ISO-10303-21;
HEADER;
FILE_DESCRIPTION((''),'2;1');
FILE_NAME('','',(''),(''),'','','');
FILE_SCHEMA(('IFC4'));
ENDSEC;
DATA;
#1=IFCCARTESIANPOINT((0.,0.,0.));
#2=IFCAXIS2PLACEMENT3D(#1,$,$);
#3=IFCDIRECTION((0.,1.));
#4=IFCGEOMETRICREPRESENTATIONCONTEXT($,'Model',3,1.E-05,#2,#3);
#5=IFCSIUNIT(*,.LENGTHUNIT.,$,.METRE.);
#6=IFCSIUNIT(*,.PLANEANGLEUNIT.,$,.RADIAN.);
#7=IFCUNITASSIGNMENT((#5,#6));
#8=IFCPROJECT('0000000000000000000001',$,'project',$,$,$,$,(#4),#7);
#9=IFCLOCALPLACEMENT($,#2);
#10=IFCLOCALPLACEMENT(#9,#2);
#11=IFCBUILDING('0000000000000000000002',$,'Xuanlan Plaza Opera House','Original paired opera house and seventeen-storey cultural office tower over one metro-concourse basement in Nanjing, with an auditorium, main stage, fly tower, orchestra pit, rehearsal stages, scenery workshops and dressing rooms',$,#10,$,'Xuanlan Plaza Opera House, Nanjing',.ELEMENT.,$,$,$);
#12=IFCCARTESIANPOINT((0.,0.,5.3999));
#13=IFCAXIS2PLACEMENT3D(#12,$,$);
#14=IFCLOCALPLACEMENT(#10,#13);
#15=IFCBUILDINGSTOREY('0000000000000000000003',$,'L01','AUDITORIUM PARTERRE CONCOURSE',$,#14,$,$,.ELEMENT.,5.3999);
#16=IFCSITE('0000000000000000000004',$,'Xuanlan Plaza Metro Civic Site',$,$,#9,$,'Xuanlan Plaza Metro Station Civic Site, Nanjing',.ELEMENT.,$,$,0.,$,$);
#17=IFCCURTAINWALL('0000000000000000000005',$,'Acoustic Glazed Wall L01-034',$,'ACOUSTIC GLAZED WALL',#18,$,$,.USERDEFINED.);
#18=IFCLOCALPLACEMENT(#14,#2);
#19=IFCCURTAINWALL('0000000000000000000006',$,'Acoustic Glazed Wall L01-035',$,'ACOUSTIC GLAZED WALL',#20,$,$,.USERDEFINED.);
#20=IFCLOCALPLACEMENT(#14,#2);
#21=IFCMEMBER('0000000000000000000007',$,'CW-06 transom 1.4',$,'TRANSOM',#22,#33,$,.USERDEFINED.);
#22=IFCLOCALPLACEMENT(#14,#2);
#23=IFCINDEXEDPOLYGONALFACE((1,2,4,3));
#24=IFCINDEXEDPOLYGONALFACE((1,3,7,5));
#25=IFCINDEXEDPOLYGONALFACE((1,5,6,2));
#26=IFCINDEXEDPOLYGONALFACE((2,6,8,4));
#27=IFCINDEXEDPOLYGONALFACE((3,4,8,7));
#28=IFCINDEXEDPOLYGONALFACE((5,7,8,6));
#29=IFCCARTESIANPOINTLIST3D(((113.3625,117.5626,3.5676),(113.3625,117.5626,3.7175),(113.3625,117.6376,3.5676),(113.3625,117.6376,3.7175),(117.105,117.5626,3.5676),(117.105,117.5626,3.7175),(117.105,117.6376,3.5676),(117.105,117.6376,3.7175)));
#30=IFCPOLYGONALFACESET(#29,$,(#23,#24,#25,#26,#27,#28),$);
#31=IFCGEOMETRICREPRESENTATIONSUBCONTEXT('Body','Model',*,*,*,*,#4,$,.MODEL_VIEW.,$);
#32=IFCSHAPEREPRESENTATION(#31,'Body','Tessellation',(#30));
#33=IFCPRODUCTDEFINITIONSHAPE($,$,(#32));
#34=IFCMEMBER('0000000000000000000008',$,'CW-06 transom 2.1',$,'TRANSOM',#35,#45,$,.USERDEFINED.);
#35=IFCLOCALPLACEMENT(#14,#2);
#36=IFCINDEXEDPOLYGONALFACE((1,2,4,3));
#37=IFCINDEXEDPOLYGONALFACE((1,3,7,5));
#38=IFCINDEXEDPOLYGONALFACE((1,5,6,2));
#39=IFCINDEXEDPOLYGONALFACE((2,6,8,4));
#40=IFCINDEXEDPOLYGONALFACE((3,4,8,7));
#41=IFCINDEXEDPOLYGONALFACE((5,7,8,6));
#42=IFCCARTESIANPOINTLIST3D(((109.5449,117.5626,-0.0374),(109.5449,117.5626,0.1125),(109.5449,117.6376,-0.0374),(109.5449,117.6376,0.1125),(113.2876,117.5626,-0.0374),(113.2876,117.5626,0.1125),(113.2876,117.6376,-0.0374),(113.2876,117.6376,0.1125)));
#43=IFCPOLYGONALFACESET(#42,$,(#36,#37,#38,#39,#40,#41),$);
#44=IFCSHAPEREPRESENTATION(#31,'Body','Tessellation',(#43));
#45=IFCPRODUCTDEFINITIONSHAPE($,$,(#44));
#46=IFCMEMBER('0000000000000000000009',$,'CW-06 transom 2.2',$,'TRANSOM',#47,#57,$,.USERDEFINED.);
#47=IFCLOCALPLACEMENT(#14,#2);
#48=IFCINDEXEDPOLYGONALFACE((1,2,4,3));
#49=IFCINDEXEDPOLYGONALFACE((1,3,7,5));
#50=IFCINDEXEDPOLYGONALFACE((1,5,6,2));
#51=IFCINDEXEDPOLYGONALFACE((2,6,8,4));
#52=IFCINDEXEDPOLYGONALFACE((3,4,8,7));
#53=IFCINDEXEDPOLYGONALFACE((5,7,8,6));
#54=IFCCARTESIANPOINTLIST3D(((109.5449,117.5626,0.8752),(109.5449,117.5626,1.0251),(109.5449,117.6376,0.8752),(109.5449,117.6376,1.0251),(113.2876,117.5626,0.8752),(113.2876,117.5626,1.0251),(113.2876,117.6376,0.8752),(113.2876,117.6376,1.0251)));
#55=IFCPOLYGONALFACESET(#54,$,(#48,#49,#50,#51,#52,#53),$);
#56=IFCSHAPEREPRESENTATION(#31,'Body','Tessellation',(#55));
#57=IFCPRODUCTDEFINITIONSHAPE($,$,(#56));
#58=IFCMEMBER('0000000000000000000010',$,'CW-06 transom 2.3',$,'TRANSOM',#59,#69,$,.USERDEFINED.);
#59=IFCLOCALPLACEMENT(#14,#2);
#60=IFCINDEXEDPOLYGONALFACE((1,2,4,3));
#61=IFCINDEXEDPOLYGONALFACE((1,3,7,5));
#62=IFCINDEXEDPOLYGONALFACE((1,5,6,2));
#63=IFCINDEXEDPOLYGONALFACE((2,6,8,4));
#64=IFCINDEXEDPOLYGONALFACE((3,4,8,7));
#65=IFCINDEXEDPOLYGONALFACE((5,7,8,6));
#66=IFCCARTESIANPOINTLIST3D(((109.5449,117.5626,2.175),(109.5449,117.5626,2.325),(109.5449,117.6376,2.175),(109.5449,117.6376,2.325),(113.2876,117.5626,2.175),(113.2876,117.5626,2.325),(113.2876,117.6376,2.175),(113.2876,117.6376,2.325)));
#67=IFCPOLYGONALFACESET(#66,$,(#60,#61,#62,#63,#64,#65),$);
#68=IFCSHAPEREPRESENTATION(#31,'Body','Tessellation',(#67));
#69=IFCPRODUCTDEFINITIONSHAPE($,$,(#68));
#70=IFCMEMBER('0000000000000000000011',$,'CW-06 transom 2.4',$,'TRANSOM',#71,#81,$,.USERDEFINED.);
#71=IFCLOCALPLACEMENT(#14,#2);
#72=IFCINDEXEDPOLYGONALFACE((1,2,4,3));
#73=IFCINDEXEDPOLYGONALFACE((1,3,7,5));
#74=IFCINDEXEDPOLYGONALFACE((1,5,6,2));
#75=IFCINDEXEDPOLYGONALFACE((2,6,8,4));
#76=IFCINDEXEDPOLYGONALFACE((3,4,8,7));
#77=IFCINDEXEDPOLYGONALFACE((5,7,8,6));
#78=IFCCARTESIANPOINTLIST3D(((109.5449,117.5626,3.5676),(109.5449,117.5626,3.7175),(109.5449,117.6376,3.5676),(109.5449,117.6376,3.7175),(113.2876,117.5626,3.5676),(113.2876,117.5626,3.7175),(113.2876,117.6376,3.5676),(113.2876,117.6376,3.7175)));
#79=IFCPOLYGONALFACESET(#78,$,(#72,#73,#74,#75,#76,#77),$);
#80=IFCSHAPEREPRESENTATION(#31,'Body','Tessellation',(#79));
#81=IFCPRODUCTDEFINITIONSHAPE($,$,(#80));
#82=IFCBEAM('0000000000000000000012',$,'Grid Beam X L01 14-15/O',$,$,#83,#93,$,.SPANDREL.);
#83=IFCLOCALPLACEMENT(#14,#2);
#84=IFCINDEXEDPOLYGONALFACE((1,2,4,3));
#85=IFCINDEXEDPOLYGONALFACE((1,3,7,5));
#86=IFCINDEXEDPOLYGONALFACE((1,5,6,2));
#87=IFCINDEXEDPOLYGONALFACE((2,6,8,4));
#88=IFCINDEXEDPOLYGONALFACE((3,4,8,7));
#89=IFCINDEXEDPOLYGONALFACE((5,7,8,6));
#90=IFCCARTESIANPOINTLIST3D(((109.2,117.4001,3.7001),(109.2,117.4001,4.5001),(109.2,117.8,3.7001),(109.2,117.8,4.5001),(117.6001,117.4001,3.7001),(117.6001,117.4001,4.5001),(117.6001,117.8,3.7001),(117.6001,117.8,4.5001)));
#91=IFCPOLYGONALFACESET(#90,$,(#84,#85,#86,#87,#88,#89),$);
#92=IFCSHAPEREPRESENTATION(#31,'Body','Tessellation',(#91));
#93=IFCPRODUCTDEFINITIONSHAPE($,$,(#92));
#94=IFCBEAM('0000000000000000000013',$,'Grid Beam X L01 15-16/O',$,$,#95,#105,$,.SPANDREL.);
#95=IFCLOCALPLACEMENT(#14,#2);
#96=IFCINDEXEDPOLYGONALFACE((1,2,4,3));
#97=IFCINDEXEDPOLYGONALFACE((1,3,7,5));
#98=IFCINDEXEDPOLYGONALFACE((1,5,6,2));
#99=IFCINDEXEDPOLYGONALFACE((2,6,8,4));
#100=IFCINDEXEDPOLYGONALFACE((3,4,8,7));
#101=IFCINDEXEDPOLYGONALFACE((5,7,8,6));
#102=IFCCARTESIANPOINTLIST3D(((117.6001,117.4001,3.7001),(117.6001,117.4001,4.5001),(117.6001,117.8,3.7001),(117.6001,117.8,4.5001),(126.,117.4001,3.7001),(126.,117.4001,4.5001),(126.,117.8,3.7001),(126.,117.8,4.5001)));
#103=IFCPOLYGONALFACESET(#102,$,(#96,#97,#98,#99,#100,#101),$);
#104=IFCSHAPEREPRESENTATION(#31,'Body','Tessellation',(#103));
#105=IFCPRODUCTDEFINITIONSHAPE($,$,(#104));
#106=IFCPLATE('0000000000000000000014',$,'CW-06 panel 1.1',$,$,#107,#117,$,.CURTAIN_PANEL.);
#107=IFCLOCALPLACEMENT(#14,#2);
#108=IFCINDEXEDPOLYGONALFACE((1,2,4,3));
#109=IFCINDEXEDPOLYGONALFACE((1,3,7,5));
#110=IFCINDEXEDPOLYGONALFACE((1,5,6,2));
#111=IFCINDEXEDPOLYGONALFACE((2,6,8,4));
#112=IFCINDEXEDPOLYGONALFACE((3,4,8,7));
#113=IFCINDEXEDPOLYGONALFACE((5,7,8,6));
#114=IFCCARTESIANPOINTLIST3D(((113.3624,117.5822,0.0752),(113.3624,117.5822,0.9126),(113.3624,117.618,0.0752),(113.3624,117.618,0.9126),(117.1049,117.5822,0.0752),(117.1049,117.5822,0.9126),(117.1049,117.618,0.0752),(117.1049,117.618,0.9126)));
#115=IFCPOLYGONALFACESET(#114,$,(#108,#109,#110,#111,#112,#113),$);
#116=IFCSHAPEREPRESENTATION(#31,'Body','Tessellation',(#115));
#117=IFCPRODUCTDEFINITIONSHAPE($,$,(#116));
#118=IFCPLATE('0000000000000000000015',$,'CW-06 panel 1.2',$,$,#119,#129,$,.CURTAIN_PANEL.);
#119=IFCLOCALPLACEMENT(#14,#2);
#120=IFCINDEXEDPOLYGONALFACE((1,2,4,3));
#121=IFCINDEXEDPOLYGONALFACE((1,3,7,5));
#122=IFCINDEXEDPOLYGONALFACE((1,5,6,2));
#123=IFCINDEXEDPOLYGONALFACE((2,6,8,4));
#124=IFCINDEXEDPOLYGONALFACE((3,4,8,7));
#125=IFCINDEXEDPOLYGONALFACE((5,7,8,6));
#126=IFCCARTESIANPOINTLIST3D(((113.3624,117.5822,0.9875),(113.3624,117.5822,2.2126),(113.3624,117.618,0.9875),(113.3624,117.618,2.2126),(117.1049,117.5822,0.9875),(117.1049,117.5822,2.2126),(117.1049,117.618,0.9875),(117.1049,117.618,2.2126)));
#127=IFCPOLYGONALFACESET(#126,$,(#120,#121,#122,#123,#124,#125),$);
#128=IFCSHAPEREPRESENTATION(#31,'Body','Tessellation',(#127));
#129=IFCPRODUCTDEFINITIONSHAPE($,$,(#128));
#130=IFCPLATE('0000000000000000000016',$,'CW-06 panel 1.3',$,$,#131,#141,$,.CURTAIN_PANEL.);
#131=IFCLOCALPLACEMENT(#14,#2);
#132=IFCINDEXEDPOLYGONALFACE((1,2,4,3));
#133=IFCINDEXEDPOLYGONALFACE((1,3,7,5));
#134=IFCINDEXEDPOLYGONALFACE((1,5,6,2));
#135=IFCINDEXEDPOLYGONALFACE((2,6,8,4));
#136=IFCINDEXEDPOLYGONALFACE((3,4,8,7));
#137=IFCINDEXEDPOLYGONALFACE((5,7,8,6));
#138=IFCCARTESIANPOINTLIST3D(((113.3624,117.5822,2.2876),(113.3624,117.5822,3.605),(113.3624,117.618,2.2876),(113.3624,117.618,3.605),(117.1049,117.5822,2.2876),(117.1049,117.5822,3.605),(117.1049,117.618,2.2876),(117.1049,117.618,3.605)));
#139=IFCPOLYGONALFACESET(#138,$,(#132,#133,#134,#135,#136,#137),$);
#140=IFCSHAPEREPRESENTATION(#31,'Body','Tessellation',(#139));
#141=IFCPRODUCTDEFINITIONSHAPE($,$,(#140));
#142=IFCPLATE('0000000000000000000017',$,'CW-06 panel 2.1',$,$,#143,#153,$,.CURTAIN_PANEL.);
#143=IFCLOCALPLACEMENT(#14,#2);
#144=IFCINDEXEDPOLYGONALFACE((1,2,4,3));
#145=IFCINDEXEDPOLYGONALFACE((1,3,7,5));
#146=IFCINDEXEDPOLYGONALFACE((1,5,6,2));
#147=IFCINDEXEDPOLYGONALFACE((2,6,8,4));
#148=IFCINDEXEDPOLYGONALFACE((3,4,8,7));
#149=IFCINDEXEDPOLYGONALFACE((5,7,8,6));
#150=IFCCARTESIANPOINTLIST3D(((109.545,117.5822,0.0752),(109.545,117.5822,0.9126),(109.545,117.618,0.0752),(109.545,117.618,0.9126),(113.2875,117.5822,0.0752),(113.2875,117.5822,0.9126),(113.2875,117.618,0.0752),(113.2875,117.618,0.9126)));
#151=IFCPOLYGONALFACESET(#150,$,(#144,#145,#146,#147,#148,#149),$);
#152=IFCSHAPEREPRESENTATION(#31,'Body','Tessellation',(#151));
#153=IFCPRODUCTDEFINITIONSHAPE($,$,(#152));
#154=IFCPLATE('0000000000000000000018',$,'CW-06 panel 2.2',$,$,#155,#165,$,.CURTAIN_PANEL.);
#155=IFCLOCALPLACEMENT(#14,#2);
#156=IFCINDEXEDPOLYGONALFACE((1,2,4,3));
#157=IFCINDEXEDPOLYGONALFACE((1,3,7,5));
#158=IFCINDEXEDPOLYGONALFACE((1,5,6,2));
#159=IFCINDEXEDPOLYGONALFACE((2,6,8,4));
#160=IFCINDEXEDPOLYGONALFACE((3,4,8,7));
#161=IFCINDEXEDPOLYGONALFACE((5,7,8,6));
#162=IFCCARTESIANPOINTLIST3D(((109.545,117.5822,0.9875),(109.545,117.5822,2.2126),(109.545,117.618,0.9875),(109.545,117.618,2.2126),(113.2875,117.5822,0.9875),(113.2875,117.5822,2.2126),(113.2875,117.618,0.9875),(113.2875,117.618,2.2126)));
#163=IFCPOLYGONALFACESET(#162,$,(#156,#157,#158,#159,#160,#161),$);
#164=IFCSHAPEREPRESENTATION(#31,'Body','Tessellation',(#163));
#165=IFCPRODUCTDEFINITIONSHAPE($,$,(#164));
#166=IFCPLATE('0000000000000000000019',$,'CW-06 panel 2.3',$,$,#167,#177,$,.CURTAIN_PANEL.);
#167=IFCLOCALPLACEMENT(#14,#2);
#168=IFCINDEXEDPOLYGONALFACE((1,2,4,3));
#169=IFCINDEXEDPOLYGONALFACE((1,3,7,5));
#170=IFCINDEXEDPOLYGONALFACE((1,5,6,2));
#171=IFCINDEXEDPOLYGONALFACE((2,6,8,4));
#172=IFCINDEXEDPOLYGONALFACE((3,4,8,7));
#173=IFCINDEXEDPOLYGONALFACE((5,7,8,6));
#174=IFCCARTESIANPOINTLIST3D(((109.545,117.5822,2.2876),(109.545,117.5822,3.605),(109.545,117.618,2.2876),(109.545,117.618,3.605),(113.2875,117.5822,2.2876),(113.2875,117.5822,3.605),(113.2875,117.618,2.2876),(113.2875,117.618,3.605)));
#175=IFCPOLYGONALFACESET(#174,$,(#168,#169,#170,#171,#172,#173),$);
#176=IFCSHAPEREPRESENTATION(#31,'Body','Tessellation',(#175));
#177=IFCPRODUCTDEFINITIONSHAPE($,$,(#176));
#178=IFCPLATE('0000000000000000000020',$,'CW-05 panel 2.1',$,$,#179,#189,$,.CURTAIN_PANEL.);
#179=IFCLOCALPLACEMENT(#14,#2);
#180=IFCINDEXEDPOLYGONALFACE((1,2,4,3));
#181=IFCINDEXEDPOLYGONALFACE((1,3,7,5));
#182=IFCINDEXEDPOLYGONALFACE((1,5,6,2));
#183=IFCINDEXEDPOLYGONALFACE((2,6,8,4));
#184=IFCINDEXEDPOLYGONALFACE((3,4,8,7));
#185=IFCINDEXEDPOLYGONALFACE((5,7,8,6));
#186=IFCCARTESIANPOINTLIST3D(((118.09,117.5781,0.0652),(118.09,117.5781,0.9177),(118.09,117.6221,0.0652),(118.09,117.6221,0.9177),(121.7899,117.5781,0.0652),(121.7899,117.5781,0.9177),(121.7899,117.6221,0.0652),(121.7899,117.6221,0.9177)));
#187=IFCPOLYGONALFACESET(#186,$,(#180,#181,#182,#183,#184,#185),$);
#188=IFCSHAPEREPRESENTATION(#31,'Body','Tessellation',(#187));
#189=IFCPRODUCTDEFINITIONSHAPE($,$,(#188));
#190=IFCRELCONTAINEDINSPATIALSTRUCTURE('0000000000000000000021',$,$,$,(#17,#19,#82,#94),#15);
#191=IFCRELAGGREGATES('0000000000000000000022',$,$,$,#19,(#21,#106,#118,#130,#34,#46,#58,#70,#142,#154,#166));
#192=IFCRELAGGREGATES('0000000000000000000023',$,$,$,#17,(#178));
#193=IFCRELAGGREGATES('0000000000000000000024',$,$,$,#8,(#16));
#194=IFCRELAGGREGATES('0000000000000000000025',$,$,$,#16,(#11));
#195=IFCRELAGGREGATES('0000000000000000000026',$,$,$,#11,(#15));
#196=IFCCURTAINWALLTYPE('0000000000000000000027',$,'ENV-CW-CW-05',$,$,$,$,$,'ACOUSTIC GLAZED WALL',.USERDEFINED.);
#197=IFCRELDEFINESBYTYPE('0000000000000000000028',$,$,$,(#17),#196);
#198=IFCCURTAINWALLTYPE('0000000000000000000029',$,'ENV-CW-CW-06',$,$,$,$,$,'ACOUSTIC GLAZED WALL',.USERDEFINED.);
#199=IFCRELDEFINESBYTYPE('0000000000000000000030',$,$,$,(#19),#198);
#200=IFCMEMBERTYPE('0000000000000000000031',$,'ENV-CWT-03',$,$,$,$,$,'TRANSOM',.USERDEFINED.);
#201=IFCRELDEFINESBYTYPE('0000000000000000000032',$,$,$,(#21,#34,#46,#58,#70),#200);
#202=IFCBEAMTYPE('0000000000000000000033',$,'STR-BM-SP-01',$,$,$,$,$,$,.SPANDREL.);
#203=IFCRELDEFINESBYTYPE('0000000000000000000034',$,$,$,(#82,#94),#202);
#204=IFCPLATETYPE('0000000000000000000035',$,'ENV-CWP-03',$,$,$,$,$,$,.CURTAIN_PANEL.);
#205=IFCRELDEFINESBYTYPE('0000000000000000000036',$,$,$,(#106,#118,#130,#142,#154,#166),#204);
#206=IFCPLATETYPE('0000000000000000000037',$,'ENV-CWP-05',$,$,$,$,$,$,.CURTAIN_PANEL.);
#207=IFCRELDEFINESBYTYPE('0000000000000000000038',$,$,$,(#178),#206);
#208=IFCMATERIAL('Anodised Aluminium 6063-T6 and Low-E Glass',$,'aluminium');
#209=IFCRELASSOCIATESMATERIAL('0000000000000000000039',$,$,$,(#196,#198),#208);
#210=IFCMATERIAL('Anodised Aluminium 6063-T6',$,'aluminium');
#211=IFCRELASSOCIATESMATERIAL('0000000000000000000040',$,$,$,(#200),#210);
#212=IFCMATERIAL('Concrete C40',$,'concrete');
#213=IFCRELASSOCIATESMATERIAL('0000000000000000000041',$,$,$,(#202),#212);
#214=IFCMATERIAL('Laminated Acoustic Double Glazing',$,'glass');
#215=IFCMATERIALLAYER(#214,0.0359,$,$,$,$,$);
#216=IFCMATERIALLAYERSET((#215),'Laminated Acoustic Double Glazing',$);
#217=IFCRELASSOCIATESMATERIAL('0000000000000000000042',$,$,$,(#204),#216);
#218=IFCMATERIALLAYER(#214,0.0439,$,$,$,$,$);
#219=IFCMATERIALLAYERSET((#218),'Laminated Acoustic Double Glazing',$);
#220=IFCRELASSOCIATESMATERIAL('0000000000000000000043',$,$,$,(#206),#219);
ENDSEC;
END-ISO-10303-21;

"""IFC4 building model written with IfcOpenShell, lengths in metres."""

from ifc_helpers import new_model, si_unit, direction, frame, origin, origin_2d, place, context, subcontext, project, spatial, rectangle, extrude, material, layer, layer_set, material_profile, profile_set, type_object, element, aggregate, save


model = new_model("IFC4")

# Units and contexts
model_context = context("Model", 3, precision=1e-05, world=origin(), true_north=direction((0.0, 1.0)))
body_context = subcontext(model_context, "Body", "Model", "MODEL_VIEW")
ifc_project = project(units=[si_unit("LENGTHUNIT", "METRE"), si_unit("PLANEANGLEUNIT", "RADIAN")], contexts=[model_context])

# Site, building, storey
site_placement = place(None, origin())
site = spatial("IfcSite", under=ifc_project, at=site_placement, Name="Xuanlan Plaza Metro Civic Site", LongName="Xuanlan Plaza Metro Station Civic Site, Nanjing", CompositionType="ELEMENT", RefElevation=0.0)
building_placement = place(site_placement, origin())
building = spatial("IfcBuilding", under=site, at=building_placement, Name="Xuanlan Plaza Opera House", Description="Original paired opera house and seventeen-storey cultural office tower over one metro-concourse basement in Nanjing, with an auditorium, main stage, fly tower, orchestra pit, rehearsal stages, scenery workshops and dressing rooms", LongName="Xuanlan Plaza Opera House, Nanjing", CompositionType="ELEMENT")
storey_placement = place(building_placement, frame((0.0, 0.0, 5.3999)))
storey = spatial("IfcBuildingStorey", under=building, at=storey_placement, Name="L01", Description="AUDITORIUM PARTERRE CONCOURSE", CompositionType="ELEMENT", Elevation=5.3999)

# Shared definitions
ifc_material_1 = material(Name="Concrete C40", Category="concrete")

# Curtain walls
ifc_material_2 = material(Name="Anodised Aluminium 6063-T6 and Low-E Glass", Category="aluminium")
curtain_wall_type_1 = type_object("IfcCurtainWallType", Name="ENV-CW-CW-05", ElementType="ACOUSTIC GLAZED WALL", PredefinedType="USERDEFINED", material=ifc_material_2)
curtain_wall_1_placement = place(storey_placement, origin())
curtain_wall_1 = element("IfcCurtainWall", 1, at=curtain_wall_1_placement, inside=storey, type_object=curtain_wall_type_1, Name="Acoustic Glazed Wall L01-034", ObjectType="ACOUSTIC GLAZED WALL", PredefinedType="USERDEFINED")
ifc_material_3 = material(Name="Anodised Aluminium 6063-T6", Category="aluminium")
curtain_wall_type_2 = type_object("IfcCurtainWallType", Name="ENV-CW-CW-06", ElementType="ACOUSTIC GLAZED WALL", PredefinedType="USERDEFINED", material=ifc_material_2)
curtain_wall_2_placement = place(storey_placement, origin())
curtain_wall_2 = element("IfcCurtainWall", 2, at=curtain_wall_2_placement, inside=storey, type_object=curtain_wall_type_2, Name="Acoustic Glazed Wall L01-035", ObjectType="ACOUSTIC GLAZED WALL", PredefinedType="USERDEFINED")

# Members
ifc_material_profile_1 = material_profile(ifc_material_3, rectangle(XDim=0.075, YDim=0.1499, at=origin_2d()), Name="ALU-T 75x150")
ifc_profile_set_1 = profile_set([ifc_material_profile_1], Name="Anodised Aluminium 6063-T6")
member_type_1 = type_object("IfcMemberType", Name="ENV-CWT-03", ElementType="TRANSOM", PredefinedType="USERDEFINED", material=ifc_profile_set_1)
member_1_placement = place(storey_placement, frame((117.105, 117.6001, 3.6426), z_axis=(-1.0, 0.0, 0.0), x_axis=(0.0, -1.0, 0.0)))
member_1 = element("IfcMember", 3, at=member_1_placement, type_object=member_type_1, Name="CW-06 transom 1.4", ObjectType="TRANSOM", PredefinedType="USERDEFINED", context=body_context, shape_type="SweptSolid", body=[
    extrude(rectangle(XDim=0.075, YDim=0.1499, at=origin_2d()), origin(), (0.0, 0.0, 1.0), 3.7424),
])
member_2_placement = place(storey_placement, frame((113.2876, 117.6001, 0.0376), z_axis=(-1.0, 0.0, 0.0), x_axis=(0.0, -1.0, 0.0)))
member_2 = element("IfcMember", 4, at=member_2_placement, type_object=member_type_1, Name="CW-06 transom 2.1", ObjectType="TRANSOM", PredefinedType="USERDEFINED", context=body_context, shape_type="SweptSolid", body=[
    extrude(rectangle(XDim=0.075, YDim=0.1499, at=origin_2d()), origin(), (0.0, 0.0, 1.0), 3.7427),
])
member_3_placement = place(storey_placement, frame((113.2876, 117.6001, 0.9502), z_axis=(-1.0, 0.0, 0.0), x_axis=(0.0, -1.0, 0.0)))
member_3 = element("IfcMember", 5, at=member_3_placement, type_object=member_type_1, Name="CW-06 transom 2.2", ObjectType="TRANSOM", PredefinedType="USERDEFINED", context=body_context, shape_type="SweptSolid", body=[
    extrude(rectangle(XDim=0.075, YDim=0.1499, at=origin_2d()), origin(), (0.0, 0.0, 1.0), 3.7427),
])
member_4_placement = place(storey_placement, frame((113.2876, 117.6001, 2.25), z_axis=(-1.0, 0.0, 0.0), x_axis=(0.0, -1.0, 0.0)))
member_4 = element("IfcMember", 6, at=member_4_placement, type_object=member_type_1, Name="CW-06 transom 2.3", ObjectType="TRANSOM", PredefinedType="USERDEFINED", context=body_context, shape_type="SweptSolid", body=[
    extrude(rectangle(XDim=0.075, YDim=0.1499, at=origin_2d()), origin(), (0.0, 0.0, 1.0), 3.7427),
])
member_5_placement = place(storey_placement, frame((113.2876, 117.6001, 3.6426), z_axis=(-1.0, 0.0, 0.0), x_axis=(0.0, -1.0, 0.0)))
member_5 = element("IfcMember", 7, at=member_5_placement, type_object=member_type_1, Name="CW-06 transom 2.4", ObjectType="TRANSOM", PredefinedType="USERDEFINED", context=body_context, shape_type="SweptSolid", body=[
    extrude(rectangle(XDim=0.075, YDim=0.1499, at=origin_2d()), origin(), (0.0, 0.0, 1.0), 3.7427),
])

# Beams
ifc_material_profile_2 = material_profile(ifc_material_1, rectangle(XDim=0.3999, YDim=0.8, at=origin_2d()), Name="RC-SPD 400x800")
ifc_profile_set_2 = profile_set([ifc_material_profile_2], Name="Concrete C40")
beam_type = type_object("IfcBeamType", Name="STR-BM-SP-01", PredefinedType="SPANDREL", material=ifc_profile_set_2)
beam_1_placement = place(storey_placement, frame((109.2, 117.6001, 4.1001), z_axis=(1.0, 0.0, 0.0), x_axis=(0.0, 1.0, 0.0)))
element("IfcBeam", 8, at=beam_1_placement, inside=storey, type_object=beam_type, Name="Grid Beam X L01 14-15/O", PredefinedType="SPANDREL", context=body_context, shape_type="SweptSolid", body=[
    extrude(rectangle(XDim=0.3999, YDim=0.8, at=origin_2d()), origin(), (0.0, 0.0, 1.0), 8.4001),
])
beam_2_placement = place(storey_placement, frame((117.6001, 117.6001, 4.1001), z_axis=(1.0, 0.0, 0.0), x_axis=(0.0, 1.0, 0.0)))
element("IfcBeam", 9, at=beam_2_placement, inside=storey, type_object=beam_type, Name="Grid Beam X L01 15-16/O", PredefinedType="SPANDREL", context=body_context, shape_type="SweptSolid", body=[
    extrude(rectangle(XDim=0.3999, YDim=0.8, at=origin_2d()), origin(), (0.0, 0.0, 1.0), 8.3999),
])

# Plates
ifc_material_4 = material(Name="Laminated Acoustic Double Glazing", Category="glass")
ifc_layer_1 = layer(ifc_material_4, 0.0359)
ifc_layer_set_1 = layer_set([ifc_layer_1], Name="Laminated Acoustic Double Glazing")
plate_type_1 = type_object("IfcPlateType", Name="ENV-CWP-03", PredefinedType="CURTAIN_PANEL", material=ifc_layer_set_1)
plate_1_placement = place(storey_placement, frame((115.2336, 117.6001, 0.0752), z_axis=(0.0, 0.0, 1.0), x_axis=(-1.0, 0.0, 0.0)))
plate_1 = element("IfcPlate", 10, at=plate_1_placement, type_object=plate_type_1, Name="CW-06 panel 1.1", PredefinedType="CURTAIN_PANEL", context=body_context, shape_type="SweptSolid", body=[
    extrude(rectangle(XDim=3.7424, YDim=0.0359, at=origin_2d()), origin(), (0.0, 0.0, 1.0), 0.8374),
])
plate_2_placement = place(storey_placement, frame((115.2336, 117.6001, 0.9875), z_axis=(0.0, 0.0, 1.0), x_axis=(-1.0, 0.0, 0.0)))
plate_2 = element("IfcPlate", 11, at=plate_2_placement, type_object=plate_type_1, Name="CW-06 panel 1.2", PredefinedType="CURTAIN_PANEL", context=body_context, shape_type="SweptSolid", body=[
    extrude(rectangle(XDim=3.7424, YDim=0.0359, at=origin_2d()), origin(), (0.0, 0.0, 1.0), 1.2251),
])
plate_3_placement = place(storey_placement, frame((115.2336, 117.6001, 2.2876), z_axis=(0.0, 0.0, 1.0), x_axis=(-1.0, 0.0, 0.0)))
plate_3 = element("IfcPlate", 12, at=plate_3_placement, type_object=plate_type_1, Name="CW-06 panel 1.3", PredefinedType="CURTAIN_PANEL", context=body_context, shape_type="SweptSolid", body=[
    extrude(rectangle(XDim=3.7424, YDim=0.0359, at=origin_2d()), origin(), (0.0, 0.0, 1.0), 1.3174),
])
plate_4_placement = place(storey_placement, frame((111.4163, 117.6001, 0.0752), z_axis=(0.0, 0.0, 1.0), x_axis=(-1.0, 0.0, 0.0)))
plate_4 = element("IfcPlate", 13, at=plate_4_placement, type_object=plate_type_1, Name="CW-06 panel 2.1", PredefinedType="CURTAIN_PANEL", context=body_context, shape_type="SweptSolid", body=[
    extrude(rectangle(XDim=3.7424, YDim=0.0359, at=origin_2d()), origin(), (0.0, 0.0, 1.0), 0.8374),
])
plate_5_placement = place(storey_placement, frame((111.4163, 117.6001, 0.9875), z_axis=(0.0, 0.0, 1.0), x_axis=(-1.0, 0.0, 0.0)))
plate_5 = element("IfcPlate", 14, at=plate_5_placement, type_object=plate_type_1, Name="CW-06 panel 2.2", PredefinedType="CURTAIN_PANEL", context=body_context, shape_type="SweptSolid", body=[
    extrude(rectangle(XDim=3.7424, YDim=0.0359, at=origin_2d()), origin(), (0.0, 0.0, 1.0), 1.2251),
])
plate_6_placement = place(storey_placement, frame((111.4163, 117.6001, 2.2876), z_axis=(0.0, 0.0, 1.0), x_axis=(-1.0, 0.0, 0.0)))
plate_6 = element("IfcPlate", 15, at=plate_6_placement, type_object=plate_type_1, Name="CW-06 panel 2.3", PredefinedType="CURTAIN_PANEL", context=body_context, shape_type="SweptSolid", body=[
    extrude(rectangle(XDim=3.7424, YDim=0.0359, at=origin_2d()), origin(), (0.0, 0.0, 1.0), 1.3174),
])
aggregate(curtain_wall_2, [member_1, plate_1, plate_2, plate_3, member_2, member_3, member_4, member_5, plate_4, plate_5, plate_6])
ifc_layer_2 = layer(ifc_material_4, 0.0439)
ifc_layer_set_2 = layer_set([ifc_layer_2], Name="Laminated Acoustic Double Glazing")
plate_type_2 = type_object("IfcPlateType", Name="ENV-CWP-05", PredefinedType="CURTAIN_PANEL", material=ifc_layer_set_2)
plate_7_placement = place(storey_placement, frame((119.9399, 117.6001, 0.0652), z_axis=(0.0, 0.0, 1.0), x_axis=(-1.0, 0.0, 0.0)))
plate_7 = element("IfcPlate", 16, at=plate_7_placement, type_object=plate_type_2, Name="CW-05 panel 2.1", PredefinedType="CURTAIN_PANEL", context=body_context, shape_type="SweptSolid", body=[
    extrude(rectangle(XDim=3.7, YDim=0.0439, at=origin_2d()), origin(), (0.0, 0.0, 1.0), 0.8525),
])
aggregate(curtain_wall_1, [plate_7])

save(model, "model.ifc")
